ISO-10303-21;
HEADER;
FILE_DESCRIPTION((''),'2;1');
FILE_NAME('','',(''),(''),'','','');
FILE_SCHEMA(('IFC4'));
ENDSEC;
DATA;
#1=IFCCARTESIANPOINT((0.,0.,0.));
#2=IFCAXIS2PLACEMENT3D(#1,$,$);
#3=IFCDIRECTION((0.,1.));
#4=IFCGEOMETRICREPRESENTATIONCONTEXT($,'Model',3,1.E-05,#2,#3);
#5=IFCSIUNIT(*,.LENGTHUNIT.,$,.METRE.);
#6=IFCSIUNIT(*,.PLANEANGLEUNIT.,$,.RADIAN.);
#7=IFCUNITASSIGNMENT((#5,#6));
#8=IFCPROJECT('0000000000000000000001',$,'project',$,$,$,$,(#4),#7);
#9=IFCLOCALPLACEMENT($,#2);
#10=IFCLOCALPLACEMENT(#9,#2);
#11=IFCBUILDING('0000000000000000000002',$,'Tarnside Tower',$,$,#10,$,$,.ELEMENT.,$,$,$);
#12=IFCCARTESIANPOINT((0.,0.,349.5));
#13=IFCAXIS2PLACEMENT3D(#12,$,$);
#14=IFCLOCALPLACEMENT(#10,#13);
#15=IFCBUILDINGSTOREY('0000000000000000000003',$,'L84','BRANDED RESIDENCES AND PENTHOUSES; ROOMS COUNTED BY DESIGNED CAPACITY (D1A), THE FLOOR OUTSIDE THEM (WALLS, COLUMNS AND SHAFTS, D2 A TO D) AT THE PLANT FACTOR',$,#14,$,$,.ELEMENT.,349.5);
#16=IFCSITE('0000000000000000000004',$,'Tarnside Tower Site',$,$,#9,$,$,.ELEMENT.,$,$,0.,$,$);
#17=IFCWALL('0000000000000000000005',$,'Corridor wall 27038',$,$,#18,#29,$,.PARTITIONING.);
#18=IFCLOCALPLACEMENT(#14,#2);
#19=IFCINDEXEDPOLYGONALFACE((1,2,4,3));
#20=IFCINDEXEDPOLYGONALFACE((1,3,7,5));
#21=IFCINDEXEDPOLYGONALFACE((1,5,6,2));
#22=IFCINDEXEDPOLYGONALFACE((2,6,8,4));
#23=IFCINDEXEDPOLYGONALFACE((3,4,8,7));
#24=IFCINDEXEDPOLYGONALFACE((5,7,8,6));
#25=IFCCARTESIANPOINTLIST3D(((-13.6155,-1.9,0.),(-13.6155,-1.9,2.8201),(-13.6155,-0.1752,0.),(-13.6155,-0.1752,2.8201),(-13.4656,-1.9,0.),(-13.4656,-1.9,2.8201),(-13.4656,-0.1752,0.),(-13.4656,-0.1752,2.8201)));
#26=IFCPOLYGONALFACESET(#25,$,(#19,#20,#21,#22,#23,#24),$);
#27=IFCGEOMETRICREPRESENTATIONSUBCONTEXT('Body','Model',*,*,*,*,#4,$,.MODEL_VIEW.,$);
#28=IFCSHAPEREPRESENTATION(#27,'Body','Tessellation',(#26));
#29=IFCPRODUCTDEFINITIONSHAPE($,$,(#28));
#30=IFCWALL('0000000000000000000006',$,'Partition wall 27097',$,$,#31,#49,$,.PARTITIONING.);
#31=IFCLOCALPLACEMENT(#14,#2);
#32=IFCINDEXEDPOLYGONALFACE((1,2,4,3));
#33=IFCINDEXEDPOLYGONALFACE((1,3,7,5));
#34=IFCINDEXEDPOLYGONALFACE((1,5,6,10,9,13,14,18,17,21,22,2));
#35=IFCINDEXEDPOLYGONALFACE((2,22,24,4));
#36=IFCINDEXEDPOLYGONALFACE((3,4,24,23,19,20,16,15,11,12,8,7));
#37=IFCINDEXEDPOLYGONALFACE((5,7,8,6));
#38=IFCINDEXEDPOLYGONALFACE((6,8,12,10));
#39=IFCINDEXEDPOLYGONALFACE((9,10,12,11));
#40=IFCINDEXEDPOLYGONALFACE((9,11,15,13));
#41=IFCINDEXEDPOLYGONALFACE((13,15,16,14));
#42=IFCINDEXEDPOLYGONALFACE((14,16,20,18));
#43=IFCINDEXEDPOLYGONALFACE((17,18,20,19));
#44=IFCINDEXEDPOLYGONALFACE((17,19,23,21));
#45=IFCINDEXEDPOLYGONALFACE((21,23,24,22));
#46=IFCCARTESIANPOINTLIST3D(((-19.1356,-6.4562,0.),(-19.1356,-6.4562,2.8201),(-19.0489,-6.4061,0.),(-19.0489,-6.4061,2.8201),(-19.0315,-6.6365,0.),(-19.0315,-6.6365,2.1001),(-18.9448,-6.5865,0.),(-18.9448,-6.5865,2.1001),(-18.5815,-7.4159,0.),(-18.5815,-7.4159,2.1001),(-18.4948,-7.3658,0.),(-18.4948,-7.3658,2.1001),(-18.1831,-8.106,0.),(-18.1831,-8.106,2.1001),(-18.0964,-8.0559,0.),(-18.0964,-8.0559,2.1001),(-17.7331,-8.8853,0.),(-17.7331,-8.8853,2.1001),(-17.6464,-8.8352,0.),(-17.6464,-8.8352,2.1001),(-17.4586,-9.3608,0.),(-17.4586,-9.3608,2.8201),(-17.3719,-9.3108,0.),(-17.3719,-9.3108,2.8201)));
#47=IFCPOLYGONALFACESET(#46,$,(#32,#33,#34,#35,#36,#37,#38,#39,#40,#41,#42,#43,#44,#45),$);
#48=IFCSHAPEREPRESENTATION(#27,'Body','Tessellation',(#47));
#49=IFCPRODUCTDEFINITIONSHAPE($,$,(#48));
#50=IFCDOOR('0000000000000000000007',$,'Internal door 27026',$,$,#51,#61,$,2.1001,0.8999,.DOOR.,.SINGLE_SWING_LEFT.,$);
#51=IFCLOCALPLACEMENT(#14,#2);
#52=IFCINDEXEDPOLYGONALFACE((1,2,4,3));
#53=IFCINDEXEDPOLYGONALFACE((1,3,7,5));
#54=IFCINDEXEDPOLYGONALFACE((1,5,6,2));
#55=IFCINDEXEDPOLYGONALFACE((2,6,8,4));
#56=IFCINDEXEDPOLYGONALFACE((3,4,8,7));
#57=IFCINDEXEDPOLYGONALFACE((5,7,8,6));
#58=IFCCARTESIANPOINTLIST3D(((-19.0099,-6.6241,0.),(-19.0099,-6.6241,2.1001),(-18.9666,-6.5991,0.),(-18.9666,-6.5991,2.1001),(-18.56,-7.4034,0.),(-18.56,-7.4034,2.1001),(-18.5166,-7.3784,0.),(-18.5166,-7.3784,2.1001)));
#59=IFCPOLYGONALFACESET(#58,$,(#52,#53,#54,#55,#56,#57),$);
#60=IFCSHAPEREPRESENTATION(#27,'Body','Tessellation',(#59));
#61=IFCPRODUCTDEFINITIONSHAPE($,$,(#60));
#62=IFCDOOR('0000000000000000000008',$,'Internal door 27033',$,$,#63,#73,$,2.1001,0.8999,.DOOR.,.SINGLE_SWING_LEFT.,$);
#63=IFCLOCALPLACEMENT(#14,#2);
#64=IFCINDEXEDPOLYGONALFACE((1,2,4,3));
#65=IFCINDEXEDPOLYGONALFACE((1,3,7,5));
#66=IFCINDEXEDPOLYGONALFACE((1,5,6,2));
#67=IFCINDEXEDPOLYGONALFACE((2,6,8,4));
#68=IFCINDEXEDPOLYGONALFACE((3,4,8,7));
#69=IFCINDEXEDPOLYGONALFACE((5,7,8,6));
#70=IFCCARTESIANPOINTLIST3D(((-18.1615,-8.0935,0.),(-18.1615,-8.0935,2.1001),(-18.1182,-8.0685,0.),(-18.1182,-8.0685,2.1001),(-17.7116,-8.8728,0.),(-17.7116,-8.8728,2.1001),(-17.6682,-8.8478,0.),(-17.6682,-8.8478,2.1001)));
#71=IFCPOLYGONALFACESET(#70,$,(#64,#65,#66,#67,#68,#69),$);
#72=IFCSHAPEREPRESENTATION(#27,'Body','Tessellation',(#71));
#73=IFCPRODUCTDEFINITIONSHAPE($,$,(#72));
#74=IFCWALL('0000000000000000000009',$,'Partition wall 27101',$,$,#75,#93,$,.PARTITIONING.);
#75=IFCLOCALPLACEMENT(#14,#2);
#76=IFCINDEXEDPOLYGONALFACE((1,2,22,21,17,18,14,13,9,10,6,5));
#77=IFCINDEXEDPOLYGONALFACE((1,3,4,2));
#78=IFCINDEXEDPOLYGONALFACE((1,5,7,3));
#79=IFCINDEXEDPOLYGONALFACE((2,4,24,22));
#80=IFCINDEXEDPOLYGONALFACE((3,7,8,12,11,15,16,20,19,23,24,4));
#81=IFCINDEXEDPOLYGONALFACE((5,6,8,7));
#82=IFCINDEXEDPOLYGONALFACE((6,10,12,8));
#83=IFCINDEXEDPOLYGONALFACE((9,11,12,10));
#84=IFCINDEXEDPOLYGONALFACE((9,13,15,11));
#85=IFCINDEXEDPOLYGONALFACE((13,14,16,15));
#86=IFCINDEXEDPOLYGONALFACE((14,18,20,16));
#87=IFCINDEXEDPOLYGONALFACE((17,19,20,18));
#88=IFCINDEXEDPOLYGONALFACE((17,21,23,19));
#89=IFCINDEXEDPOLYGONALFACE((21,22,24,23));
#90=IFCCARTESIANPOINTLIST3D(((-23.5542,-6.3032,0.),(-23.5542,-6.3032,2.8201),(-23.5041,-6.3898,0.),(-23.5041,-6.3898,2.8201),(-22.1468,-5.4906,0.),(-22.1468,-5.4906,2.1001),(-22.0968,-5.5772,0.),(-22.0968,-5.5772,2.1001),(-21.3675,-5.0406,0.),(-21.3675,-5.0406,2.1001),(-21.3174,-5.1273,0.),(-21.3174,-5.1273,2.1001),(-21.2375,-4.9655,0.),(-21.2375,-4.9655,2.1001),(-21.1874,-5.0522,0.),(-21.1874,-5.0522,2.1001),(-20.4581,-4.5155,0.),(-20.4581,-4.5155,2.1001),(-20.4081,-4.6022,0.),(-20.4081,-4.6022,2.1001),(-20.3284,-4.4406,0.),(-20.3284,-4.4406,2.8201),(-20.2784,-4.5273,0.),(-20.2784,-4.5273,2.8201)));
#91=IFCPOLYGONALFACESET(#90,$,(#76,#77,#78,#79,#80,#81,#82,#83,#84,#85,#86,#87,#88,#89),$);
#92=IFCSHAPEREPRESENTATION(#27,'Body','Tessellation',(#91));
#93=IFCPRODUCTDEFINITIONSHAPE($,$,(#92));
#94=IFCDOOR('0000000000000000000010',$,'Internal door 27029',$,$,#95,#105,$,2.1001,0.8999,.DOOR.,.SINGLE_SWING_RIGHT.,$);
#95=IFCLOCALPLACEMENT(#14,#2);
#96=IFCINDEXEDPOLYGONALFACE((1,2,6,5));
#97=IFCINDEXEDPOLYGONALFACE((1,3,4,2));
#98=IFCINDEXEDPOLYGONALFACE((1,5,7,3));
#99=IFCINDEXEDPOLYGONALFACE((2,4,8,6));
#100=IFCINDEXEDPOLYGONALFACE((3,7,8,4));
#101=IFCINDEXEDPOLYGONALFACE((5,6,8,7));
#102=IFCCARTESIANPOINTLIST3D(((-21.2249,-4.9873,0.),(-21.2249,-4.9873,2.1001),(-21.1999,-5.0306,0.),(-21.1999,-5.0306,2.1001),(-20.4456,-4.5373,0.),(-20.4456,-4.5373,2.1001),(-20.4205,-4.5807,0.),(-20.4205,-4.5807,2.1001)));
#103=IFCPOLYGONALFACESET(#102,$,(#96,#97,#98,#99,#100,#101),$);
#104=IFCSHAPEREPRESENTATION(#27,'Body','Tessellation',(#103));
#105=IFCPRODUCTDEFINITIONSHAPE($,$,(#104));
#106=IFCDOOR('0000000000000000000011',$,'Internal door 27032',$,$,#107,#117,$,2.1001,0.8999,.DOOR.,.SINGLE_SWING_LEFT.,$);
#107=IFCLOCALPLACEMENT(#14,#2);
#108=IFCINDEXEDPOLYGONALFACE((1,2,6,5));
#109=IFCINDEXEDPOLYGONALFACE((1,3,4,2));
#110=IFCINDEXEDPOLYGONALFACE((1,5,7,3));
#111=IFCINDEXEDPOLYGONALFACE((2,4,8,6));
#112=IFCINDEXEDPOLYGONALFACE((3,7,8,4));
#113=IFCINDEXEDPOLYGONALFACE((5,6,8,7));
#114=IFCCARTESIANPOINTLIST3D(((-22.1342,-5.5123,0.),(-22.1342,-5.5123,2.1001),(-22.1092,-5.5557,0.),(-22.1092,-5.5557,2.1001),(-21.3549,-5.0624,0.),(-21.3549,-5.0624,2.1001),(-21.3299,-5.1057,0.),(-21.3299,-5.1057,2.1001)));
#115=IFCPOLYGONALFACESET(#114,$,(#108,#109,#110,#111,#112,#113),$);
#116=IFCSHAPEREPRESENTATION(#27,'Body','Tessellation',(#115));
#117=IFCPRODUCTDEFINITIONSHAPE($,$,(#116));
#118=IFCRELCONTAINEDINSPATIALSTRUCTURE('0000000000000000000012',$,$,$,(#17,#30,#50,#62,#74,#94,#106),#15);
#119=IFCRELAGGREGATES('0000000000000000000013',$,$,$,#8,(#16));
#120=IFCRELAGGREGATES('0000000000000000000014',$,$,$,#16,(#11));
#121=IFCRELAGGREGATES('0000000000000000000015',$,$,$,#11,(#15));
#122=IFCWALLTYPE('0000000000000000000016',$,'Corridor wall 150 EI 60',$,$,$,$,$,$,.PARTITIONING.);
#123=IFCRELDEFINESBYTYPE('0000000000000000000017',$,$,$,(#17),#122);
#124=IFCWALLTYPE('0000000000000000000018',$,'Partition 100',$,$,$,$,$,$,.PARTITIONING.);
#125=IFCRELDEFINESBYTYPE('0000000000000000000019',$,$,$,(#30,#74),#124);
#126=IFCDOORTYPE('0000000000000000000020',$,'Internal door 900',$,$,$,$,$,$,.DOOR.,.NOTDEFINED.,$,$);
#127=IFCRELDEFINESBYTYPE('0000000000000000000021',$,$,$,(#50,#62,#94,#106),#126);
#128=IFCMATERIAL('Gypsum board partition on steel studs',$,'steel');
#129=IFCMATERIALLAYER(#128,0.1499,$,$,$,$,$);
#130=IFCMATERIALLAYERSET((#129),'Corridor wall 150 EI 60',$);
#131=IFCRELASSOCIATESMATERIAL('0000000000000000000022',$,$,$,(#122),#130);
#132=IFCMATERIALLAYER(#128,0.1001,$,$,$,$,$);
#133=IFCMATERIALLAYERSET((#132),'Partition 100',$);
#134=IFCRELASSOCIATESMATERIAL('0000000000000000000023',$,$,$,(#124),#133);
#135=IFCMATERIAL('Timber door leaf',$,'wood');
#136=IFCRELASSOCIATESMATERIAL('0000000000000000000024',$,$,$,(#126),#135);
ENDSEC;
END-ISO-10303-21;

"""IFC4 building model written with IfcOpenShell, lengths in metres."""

from ifc_helpers import new_model, si_unit, direction, frame, frame_2d, origin, place, context, subcontext, project, spatial, rectangle, extrude, material, layer, layer_set, type_object, element, fill, save


model = new_model("IFC4")

# Units and contexts
model_context = context("Model", 3, precision=1e-05, world=origin(), true_north=direction((0.0, 1.0)))
body_context = subcontext(model_context, "Body", "Model", "MODEL_VIEW")
ifc_project = project(units=[si_unit("LENGTHUNIT", "METRE"), si_unit("PLANEANGLEUNIT", "RADIAN")], contexts=[model_context])

# Site, building, storey
site_placement = place(None, origin())
site = spatial("IfcSite", under=ifc_project, at=site_placement, Name="Tarnside Tower Site", CompositionType="ELEMENT", RefElevation=0.0)
building_placement = place(site_placement, origin())
building = spatial("IfcBuilding", under=site, at=building_placement, Name="Tarnside Tower", CompositionType="ELEMENT")
storey_placement = place(building_placement, frame((0.0, 0.0, 349.5)))
storey = spatial("IfcBuildingStorey", under=building, at=storey_placement, Name="L84", Description="BRANDED RESIDENCES AND PENTHOUSES; ROOMS COUNTED BY DESIGNED CAPACITY (D1A), THE FLOOR OUTSIDE THEM (WALLS, COLUMNS AND SHAFTS, D2 A TO D) AT THE PLANT FACTOR", CompositionType="ELEMENT", Elevation=349.5)

# Shared definitions
ifc_material_1 = material(Name="Gypsum board partition on steel studs", Category="steel")
ifc_material_2 = material(Name="Timber door leaf", Category="wood")

# Shared definitions
ifc_layer_1 = layer(ifc_material_1, 0.1499)
ifc_layer_set_1 = layer_set([ifc_layer_1], Name="Corridor wall 150 EI 60")
wall_type_1 = type_object("IfcWallType", Name="Corridor wall 150 EI 60", PredefinedType="PARTITIONING", material=ifc_layer_set_1)

# Wall
wall_1_placement = place(storey_placement, frame((-13.5405, -1.8999, 0.0), z_axis=(0.0, 0.0, 1.0), x_axis=(0.0, 1.0, 0.0)))
element("IfcWall", 1, at=wall_1_placement, inside=storey, type_object=wall_type_1, Name="Corridor wall 27038", PredefinedType="PARTITIONING", context=body_context, shape_type="SweptSolid", body=[
    extrude(rectangle(XDim=1.7249, YDim=0.1499, at=frame_2d((0.8623, 0.0))), origin(), (0.0, 0.0, 1.0), 2.8201),
])

# Walls, openings, doors
ifc_layer_2 = layer(ifc_material_1, 0.1001)
ifc_layer_set_2 = layer_set([ifc_layer_2], Name="Partition 100")
wall_type_2 = type_object("IfcWallType", Name="Partition 100", PredefinedType="PARTITIONING", material=ifc_layer_set_2)
wall_2_placement = place(storey_placement, frame((-19.0923, -6.4312, 0.0), z_axis=(0.0, 0.0, 1.0), x_axis=(0.500014, -0.866017, 0.0)))
wall_2 = element("IfcWall", 2, at=wall_2_placement, inside=storey, type_object=wall_type_2, Name="Partition wall 27097", PredefinedType="PARTITIONING", context=body_context, shape_type="SweptSolid", body=[
    extrude(rectangle(XDim=3.354, YDim=0.1001, at=frame_2d((1.677, 0.0))), origin(), (0.0, 0.0, 1.0), 2.8201),
])
opening_1_placement = place(wall_2_placement, frame((0.2083, 0.0, 0.0)))
opening_1 = element("IfcOpeningElement", 3, at=opening_1_placement, cuts=wall_2, PredefinedType="OPENING", context=body_context, shape_type="SweptSolid", body=[
    extrude(rectangle(XDim=0.8999, YDim=2.1001, at=frame_2d((0.45, 1.05))), frame((0.0, 0.0601, 0.0), z_axis=(0.0, -1.0, 0.0), x_axis=(1.0, 0.0, 0.0)), (0.0, 0.0, 1.0), 0.1201),
])
opening_2_placement = place(wall_2_placement, frame((1.905, 0.0, 0.0)))
opening_2 = element("IfcOpeningElement", 4, at=opening_2_placement, cuts=wall_2, PredefinedType="OPENING", context=body_context, shape_type="SweptSolid", body=[
    extrude(rectangle(XDim=0.8999, YDim=2.1001, at=frame_2d((0.45, 1.05))), frame((0.0, 0.0601, 0.0), z_axis=(0.0, -1.0, 0.0), x_axis=(1.0, 0.0, 0.0)), (0.0, 0.0, 1.0), 0.1201),
])
door_type_1 = type_object("IfcDoorType", Name="Internal door 900", OperationType="NOTDEFINED", PredefinedType="DOOR", material=ifc_material_2)
door_1_placement = place(opening_1_placement, origin())
door_1 = element("IfcDoor", 5, at=door_1_placement, inside=storey, type_object=door_type_1, Name="Internal door 27026", OperationType="SINGLE_SWING_LEFT", OverallHeight=2.1001, OverallWidth=0.8999, PredefinedType="DOOR", context=body_context, shape_type="SweptSolid", body=[
    extrude(rectangle(XDim=0.8999, YDim=2.1001, at=frame_2d((0.45, 1.05))), frame((0.0, 0.0249, 0.0), z_axis=(0.0, -1.0, 0.0), x_axis=(1.0, 0.0, 0.0)), (0.0, 0.0, 1.0), 0.05),
])
fill(opening_1, door_1)
door_2_placement = place(opening_2_placement, origin())
door_2 = element("IfcDoor", 6, at=door_2_placement, inside=storey, type_object=door_type_1, Name="Internal door 27033", OperationType="SINGLE_SWING_LEFT", OverallHeight=2.1001, OverallWidth=0.8999, PredefinedType="DOOR", context=body_context, shape_type="SweptSolid", body=[
    extrude(rectangle(XDim=0.8999, YDim=2.1001, at=frame_2d((0.45, 1.05))), frame((0.0, 0.0249, 0.0), z_axis=(0.0, -1.0, 0.0), x_axis=(1.0, 0.0, 0.0)), (0.0, 0.0, 1.0), 0.05),
])
fill(opening_2, door_2)
wall_3_placement = place(storey_placement, frame((-23.5291, -6.3464, 0.0), z_axis=(0.0, 0.0, 1.0), x_axis=(0.866012, 0.500023, 0.0)))
wall_3 = element("IfcWall", 7, at=wall_3_placement, inside=storey, type_object=wall_type_2, Name="Partition wall 27101", PredefinedType="PARTITIONING", context=body_context, shape_type="SweptSolid", body=[
    extrude(rectangle(XDim=3.7249, YDim=0.1001, at=frame_2d((1.8623, 0.0))), origin(), (0.0, 0.0, 1.0), 2.8201),
])
opening_3_placement = place(wall_3_placement, frame((2.675, 0.0, 0.0)))
opening_3 = element("IfcOpeningElement", 8, at=opening_3_placement, cuts=wall_3, PredefinedType="OPENING", context=body_context, shape_type="SweptSolid", body=[
    extrude(rectangle(XDim=0.8999, YDim=2.1001, at=frame_2d((0.45, 1.05))), frame((0.0, 0.0601, 0.0), z_axis=(0.0, -1.0, 0.0), x_axis=(1.0, 0.0, 0.0)), (0.0, 0.0, 1.0), 0.1201),
])
opening_4_placement = place(wall_3_placement, frame((1.625, 0.0, 0.0)))
opening_4 = element("IfcOpeningElement", 9, at=opening_4_placement, cuts=wall_3, PredefinedType="OPENING", context=body_context, shape_type="SweptSolid", body=[
    extrude(rectangle(XDim=0.8999, YDim=2.1001, at=frame_2d((0.45, 1.05))), frame((0.0, 0.0601, 0.0), z_axis=(0.0, -1.0, 0.0), x_axis=(1.0, 0.0, 0.0)), (0.0, 0.0, 1.0), 0.1201),
])
door_3_placement = place(opening_3_placement, origin())
door_3 = element("IfcDoor", 10, at=door_3_placement, inside=storey, type_object=door_type_1, Name="Internal door 27029", OperationType="SINGLE_SWING_RIGHT", OverallHeight=2.1001, OverallWidth=0.8999, PredefinedType="DOOR", context=body_context, shape_type="SweptSolid", body=[
    extrude(rectangle(XDim=0.8999, YDim=2.1001, at=frame_2d((0.45, 1.05))), frame((0.0, 0.0249, 0.0), z_axis=(0.0, -1.0, 0.0), x_axis=(1.0, 0.0, 0.0)), (0.0, 0.0, 1.0), 0.05),
])
fill(opening_3, door_3)
door_4_placement = place(opening_4_placement, origin())
door_4 = element("IfcDoor", 11, at=door_4_placement, inside=storey, type_object=door_type_1, Name="Internal door 27032", OperationType="SINGLE_SWING_LEFT", OverallHeight=2.1001, OverallWidth=0.8999, PredefinedType="DOOR", context=body_context, shape_type="SweptSolid", body=[
    extrude(rectangle(XDim=0.8999, YDim=2.1001, at=frame_2d((0.45, 1.05))), frame((0.0, 0.0249, 0.0), z_axis=(0.0, -1.0, 0.0), x_axis=(1.0, 0.0, 0.0)), (0.0, 0.0, 1.0), 0.05),
])
fill(opening_4, door_4)

save(model, "model.ifc")
